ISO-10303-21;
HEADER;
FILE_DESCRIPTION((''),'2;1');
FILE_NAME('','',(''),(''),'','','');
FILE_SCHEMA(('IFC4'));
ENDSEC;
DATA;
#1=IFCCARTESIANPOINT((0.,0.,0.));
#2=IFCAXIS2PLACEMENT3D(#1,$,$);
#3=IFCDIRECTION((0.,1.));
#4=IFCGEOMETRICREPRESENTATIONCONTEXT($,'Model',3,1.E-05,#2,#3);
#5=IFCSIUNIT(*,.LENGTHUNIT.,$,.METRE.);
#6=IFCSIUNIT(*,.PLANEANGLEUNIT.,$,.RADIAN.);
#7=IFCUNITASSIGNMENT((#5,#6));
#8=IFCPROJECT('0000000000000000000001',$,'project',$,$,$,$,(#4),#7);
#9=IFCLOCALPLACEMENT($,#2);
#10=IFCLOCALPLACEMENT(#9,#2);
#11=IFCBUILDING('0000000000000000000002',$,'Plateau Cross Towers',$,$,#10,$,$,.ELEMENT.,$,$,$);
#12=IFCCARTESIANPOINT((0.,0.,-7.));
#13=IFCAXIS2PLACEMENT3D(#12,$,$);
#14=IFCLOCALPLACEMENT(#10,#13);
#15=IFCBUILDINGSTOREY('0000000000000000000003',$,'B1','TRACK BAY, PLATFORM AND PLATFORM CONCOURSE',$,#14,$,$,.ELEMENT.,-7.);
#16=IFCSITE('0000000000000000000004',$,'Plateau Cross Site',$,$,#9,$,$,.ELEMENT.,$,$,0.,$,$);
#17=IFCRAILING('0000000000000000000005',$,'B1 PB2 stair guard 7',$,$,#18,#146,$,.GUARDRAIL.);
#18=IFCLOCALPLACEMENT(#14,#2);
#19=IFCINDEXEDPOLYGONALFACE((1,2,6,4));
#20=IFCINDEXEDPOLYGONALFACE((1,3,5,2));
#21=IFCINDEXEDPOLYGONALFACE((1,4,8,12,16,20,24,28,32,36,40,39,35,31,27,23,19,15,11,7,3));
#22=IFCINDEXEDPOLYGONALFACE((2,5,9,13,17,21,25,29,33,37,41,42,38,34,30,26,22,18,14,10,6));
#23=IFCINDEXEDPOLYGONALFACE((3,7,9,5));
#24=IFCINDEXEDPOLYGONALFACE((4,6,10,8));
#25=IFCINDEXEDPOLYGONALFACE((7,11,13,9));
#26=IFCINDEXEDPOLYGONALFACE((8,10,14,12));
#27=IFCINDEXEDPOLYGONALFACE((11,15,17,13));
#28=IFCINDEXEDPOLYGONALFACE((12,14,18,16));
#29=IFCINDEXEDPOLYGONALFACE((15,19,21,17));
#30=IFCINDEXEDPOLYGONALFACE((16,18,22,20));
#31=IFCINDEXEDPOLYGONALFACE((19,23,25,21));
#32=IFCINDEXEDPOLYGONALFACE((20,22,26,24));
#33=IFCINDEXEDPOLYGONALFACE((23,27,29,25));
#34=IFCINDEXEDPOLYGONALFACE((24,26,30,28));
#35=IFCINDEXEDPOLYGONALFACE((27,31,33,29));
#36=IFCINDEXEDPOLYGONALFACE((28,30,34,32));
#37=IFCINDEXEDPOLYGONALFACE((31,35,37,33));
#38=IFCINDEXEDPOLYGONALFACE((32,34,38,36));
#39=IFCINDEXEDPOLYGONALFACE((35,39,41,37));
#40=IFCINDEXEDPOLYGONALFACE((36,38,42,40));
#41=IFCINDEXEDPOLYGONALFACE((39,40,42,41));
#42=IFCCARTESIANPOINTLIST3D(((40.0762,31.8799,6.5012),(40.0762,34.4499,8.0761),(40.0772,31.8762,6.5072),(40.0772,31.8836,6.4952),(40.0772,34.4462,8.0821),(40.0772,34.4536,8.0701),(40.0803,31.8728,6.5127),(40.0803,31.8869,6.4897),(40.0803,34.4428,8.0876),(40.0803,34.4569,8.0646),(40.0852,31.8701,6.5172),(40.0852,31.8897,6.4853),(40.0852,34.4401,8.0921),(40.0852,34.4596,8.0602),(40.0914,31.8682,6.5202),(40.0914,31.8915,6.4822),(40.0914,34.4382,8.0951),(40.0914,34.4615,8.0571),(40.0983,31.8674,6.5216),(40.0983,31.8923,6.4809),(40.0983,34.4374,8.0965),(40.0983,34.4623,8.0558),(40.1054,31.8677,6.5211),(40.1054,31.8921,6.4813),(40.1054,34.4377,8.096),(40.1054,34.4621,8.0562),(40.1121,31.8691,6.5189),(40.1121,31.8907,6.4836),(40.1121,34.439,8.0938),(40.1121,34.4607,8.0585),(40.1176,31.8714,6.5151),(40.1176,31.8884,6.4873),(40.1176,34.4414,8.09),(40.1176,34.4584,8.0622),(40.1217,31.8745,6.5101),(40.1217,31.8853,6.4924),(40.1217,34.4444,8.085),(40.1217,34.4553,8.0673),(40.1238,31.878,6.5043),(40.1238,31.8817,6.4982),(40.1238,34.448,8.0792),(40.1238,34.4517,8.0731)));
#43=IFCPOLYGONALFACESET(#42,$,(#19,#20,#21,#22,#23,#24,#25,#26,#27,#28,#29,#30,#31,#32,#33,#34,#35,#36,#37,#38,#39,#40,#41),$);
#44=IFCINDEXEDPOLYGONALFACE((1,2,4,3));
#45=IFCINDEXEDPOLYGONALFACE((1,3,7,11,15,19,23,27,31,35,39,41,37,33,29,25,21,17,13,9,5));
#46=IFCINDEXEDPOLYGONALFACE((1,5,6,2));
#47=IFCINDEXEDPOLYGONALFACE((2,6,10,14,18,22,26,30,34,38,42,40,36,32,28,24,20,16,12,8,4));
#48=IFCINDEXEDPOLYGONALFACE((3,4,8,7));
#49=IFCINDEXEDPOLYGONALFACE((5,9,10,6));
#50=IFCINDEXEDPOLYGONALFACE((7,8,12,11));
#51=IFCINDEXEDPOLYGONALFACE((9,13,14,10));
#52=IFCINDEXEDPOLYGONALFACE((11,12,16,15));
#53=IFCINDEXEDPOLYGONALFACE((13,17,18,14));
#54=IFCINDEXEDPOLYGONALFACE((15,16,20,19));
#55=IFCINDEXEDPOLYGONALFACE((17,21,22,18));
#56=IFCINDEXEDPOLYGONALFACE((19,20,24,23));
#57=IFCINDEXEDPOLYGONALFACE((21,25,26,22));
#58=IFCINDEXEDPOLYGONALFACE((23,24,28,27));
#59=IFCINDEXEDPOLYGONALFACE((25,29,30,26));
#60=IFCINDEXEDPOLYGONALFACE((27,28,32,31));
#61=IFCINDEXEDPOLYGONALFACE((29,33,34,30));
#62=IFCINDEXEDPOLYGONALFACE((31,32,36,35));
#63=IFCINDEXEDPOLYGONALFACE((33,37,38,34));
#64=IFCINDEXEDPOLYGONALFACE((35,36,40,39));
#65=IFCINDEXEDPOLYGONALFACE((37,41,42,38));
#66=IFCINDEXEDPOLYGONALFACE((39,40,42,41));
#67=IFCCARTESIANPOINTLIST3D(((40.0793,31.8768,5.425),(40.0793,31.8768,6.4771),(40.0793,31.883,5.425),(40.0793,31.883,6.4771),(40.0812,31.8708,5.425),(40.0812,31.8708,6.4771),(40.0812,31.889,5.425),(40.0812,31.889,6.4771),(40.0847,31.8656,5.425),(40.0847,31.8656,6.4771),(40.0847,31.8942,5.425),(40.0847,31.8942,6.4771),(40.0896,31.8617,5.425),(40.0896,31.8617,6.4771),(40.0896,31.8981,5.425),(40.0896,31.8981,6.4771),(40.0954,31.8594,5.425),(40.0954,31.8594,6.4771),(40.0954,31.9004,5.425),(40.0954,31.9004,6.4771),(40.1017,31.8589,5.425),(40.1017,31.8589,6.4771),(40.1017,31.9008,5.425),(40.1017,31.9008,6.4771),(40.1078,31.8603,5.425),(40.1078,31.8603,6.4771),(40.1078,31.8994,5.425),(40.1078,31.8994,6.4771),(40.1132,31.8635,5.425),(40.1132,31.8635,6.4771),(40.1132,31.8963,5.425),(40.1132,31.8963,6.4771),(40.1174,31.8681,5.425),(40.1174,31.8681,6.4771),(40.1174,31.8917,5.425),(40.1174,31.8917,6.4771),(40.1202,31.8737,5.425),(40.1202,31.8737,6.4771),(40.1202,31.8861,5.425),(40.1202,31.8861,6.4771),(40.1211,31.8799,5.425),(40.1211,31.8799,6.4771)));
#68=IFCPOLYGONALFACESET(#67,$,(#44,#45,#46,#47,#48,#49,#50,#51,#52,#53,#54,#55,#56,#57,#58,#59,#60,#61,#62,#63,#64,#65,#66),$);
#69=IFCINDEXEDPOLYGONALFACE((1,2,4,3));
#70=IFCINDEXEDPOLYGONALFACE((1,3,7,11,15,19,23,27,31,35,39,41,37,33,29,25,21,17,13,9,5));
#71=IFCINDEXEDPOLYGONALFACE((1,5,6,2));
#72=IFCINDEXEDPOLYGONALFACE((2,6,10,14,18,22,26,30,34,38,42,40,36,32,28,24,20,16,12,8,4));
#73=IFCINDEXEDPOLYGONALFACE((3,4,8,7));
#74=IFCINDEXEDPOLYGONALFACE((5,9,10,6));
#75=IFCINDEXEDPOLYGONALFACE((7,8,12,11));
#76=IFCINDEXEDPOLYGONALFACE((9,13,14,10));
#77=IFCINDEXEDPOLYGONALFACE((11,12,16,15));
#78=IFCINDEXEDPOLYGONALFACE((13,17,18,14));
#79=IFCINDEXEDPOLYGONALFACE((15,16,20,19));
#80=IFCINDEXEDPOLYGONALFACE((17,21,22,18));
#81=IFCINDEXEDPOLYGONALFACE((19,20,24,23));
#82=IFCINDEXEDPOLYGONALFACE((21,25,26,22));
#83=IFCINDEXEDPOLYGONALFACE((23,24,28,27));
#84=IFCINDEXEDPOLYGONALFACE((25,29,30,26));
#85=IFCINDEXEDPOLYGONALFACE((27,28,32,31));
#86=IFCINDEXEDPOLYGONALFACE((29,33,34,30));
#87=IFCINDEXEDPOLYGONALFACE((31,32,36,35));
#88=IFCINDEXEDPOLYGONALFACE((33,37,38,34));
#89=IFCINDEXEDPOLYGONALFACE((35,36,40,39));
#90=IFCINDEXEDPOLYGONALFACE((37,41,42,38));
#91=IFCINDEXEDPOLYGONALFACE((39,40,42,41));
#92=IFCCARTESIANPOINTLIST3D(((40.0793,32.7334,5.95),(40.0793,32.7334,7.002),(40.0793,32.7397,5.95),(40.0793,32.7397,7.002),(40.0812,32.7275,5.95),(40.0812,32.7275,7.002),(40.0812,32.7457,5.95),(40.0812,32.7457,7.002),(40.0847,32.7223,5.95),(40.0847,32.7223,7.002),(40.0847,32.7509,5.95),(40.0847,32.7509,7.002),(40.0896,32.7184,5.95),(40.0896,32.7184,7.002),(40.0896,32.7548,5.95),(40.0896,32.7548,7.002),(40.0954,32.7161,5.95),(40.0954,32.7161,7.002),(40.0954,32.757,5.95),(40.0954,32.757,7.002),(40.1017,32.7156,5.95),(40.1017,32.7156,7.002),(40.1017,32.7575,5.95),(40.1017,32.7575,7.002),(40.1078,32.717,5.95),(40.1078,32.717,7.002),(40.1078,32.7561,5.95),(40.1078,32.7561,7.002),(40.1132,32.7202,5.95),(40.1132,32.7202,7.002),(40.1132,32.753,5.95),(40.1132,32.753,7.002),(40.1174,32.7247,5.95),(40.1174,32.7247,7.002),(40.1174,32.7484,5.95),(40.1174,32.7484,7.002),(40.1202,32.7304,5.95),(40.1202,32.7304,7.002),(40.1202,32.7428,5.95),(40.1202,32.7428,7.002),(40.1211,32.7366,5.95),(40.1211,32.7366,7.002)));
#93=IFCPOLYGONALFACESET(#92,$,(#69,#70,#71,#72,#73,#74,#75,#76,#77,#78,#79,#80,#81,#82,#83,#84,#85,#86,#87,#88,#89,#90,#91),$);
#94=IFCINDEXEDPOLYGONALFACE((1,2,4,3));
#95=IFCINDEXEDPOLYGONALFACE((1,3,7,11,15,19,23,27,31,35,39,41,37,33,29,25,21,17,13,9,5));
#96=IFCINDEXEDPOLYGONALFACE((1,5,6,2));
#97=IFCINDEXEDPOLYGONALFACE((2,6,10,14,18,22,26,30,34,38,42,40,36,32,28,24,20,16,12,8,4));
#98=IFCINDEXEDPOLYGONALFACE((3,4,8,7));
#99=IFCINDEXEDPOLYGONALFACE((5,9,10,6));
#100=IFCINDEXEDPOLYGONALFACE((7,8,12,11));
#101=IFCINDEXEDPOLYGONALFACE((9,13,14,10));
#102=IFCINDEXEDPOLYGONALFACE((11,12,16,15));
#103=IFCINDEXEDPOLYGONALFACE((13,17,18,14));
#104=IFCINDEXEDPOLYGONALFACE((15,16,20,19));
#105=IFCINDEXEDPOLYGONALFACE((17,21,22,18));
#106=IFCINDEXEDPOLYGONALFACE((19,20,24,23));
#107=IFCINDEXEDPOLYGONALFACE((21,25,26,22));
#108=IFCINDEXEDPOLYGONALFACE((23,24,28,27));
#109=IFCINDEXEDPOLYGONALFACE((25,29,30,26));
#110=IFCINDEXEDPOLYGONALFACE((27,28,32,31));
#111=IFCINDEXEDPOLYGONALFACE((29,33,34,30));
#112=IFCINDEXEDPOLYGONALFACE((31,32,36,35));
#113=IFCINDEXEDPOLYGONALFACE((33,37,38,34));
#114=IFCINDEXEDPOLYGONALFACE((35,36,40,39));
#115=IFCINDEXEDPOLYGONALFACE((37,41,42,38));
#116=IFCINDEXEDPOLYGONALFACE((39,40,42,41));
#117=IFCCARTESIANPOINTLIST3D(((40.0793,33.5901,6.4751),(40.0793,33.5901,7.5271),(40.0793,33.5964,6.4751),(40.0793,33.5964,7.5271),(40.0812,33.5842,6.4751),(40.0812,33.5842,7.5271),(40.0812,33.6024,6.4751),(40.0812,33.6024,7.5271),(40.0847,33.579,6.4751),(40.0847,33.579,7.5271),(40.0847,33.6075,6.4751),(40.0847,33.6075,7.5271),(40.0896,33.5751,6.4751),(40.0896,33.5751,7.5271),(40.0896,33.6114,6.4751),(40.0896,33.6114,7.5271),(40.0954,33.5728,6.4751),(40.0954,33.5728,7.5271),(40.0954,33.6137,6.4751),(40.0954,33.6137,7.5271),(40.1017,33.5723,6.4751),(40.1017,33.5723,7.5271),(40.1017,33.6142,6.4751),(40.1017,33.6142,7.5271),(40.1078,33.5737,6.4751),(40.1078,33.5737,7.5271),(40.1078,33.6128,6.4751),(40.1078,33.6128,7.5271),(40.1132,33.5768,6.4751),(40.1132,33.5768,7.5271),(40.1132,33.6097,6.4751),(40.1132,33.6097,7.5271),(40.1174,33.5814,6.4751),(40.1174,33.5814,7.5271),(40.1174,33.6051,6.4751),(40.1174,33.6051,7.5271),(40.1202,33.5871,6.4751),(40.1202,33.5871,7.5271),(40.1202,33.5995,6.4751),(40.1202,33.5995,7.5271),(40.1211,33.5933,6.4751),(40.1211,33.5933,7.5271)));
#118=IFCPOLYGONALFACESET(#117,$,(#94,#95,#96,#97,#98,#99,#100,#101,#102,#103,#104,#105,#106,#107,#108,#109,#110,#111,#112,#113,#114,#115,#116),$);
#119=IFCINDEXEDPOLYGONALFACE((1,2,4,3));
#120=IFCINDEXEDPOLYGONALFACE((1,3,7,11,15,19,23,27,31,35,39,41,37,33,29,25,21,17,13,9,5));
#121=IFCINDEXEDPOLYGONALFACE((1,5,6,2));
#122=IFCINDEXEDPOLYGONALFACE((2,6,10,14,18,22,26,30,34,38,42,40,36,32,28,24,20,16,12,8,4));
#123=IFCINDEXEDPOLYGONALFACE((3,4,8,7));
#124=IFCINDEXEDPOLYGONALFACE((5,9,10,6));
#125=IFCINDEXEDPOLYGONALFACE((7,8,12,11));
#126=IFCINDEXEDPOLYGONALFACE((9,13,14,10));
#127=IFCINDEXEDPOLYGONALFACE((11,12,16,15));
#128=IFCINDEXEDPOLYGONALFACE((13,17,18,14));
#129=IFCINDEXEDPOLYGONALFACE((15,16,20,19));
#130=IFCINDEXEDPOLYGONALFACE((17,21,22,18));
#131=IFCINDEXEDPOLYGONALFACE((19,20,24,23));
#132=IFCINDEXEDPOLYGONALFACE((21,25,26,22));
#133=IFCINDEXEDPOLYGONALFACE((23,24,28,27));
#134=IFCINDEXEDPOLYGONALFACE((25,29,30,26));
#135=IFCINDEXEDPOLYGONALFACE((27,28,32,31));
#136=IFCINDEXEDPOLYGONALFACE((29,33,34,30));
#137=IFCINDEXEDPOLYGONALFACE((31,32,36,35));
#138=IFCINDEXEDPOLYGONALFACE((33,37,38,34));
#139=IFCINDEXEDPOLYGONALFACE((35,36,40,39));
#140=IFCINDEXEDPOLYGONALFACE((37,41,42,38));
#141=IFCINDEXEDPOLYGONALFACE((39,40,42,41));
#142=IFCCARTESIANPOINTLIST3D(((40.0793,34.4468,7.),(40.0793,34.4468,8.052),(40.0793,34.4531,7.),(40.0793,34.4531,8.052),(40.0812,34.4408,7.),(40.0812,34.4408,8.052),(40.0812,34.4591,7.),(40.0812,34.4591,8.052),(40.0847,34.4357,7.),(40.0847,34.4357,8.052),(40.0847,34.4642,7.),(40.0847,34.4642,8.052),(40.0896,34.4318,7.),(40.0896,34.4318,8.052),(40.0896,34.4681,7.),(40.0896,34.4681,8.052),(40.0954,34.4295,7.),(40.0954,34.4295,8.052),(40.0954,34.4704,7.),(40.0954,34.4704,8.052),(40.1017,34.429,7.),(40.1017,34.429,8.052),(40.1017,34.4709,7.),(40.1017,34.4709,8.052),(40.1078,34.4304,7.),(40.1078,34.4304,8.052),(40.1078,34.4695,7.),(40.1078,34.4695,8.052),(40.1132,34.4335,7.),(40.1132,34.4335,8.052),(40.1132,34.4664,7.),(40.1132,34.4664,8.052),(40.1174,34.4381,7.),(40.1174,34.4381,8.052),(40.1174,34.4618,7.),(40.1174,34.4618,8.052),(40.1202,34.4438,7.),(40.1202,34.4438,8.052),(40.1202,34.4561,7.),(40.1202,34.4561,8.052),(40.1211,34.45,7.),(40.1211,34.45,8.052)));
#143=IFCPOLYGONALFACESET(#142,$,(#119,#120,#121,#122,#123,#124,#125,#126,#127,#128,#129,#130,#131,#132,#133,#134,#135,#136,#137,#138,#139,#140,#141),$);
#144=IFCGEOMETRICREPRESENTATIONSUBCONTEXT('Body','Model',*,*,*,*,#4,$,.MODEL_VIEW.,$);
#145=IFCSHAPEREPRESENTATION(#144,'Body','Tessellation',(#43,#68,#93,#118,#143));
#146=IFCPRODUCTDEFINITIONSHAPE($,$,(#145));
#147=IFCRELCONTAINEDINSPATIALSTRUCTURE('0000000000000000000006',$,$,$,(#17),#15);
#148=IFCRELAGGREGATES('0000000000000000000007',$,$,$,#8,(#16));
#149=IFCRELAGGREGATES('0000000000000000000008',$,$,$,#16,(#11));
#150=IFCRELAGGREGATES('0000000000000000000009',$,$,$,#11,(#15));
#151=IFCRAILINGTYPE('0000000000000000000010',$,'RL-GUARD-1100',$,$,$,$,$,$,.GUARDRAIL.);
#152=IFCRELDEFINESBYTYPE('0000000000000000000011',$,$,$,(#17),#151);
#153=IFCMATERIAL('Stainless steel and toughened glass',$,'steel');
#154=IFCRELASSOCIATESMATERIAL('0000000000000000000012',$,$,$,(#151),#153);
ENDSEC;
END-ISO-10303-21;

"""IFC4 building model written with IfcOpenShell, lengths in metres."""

from ifc_helpers import new_model, si_unit, direction, frame, origin, origin_2d, place, context, subcontext, project, spatial, circle, extrude, material, type_object, element, save


model = new_model("IFC4")

# Units and contexts
model_context = context("Model", 3, precision=1e-05, world=origin(), true_north=direction((0.0, 1.0)))
body_context = subcontext(model_context, "Body", "Model", "MODEL_VIEW")
ifc_project = project(units=[si_unit("LENGTHUNIT", "METRE"), si_unit("PLANEANGLEUNIT", "RADIAN")], contexts=[model_context])

# Site, building, storey
site_placement = place(None, origin())
site = spatial("IfcSite", under=ifc_project, at=site_placement, Name="Plateau Cross Site", CompositionType="ELEMENT", RefElevation=0.0)
building_placement = place(site_placement, origin())
building = spatial("IfcBuilding", under=site, at=building_placement, Name="Plateau Cross Towers", CompositionType="ELEMENT")
storey_placement = place(building_placement, frame((0.0, 0.0, -7.0)))
storey = spatial("IfcBuildingStorey", under=building, at=storey_placement, Name="B1", Description="TRACK BAY, PLATFORM AND PLATFORM CONCOURSE", CompositionType="ELEMENT", Elevation=-7.0)

# Railing
ifc_material_1 = material(Name="Stainless steel and toughened glass", Category="steel")
railing_type_1 = type_object("IfcRailingType", Name="RL-GUARD-1100", PredefinedType="GUARDRAIL", material=ifc_material_1)
railing_1_placement = place(storey_placement, frame((40.1001, 31.8799, 5.425)))
element("IfcRailing", 1, at=railing_1_placement, inside=storey, type_object=railing_type_1, Name="B1 PB2 stair guard 7", PredefinedType="GUARDRAIL", context=body_context, shape_type="SweptSolid", body=[
    extrude(circle(Radius=0.0239, at=origin_2d()), frame((0.0, 0.0, 1.0762), z_axis=(0.0, 0.852639, 0.522501), x_axis=(-1.0, 0.0, 0.0)), (0.0, 0.0, 1.0), 3.0142),
    extrude(circle(Radius=0.021, at=origin_2d()), origin(), (0.0, 0.0, 1.0), 1.052),
    extrude(circle(Radius=0.021, at=origin_2d()), frame((0.0, 0.8567, 0.5249)), (0.0, 0.0, 1.0), 1.052),
    extrude(circle(Radius=0.021, at=origin_2d()), frame((0.0, 1.7134, 1.05)), (0.0, 0.0, 1.0), 1.052),
    extrude(circle(Radius=0.021, at=origin_2d()), frame((0.0, 2.5701, 1.575)), (0.0, 0.0, 1.0), 1.052),
])

save(model, "model.ifc")
